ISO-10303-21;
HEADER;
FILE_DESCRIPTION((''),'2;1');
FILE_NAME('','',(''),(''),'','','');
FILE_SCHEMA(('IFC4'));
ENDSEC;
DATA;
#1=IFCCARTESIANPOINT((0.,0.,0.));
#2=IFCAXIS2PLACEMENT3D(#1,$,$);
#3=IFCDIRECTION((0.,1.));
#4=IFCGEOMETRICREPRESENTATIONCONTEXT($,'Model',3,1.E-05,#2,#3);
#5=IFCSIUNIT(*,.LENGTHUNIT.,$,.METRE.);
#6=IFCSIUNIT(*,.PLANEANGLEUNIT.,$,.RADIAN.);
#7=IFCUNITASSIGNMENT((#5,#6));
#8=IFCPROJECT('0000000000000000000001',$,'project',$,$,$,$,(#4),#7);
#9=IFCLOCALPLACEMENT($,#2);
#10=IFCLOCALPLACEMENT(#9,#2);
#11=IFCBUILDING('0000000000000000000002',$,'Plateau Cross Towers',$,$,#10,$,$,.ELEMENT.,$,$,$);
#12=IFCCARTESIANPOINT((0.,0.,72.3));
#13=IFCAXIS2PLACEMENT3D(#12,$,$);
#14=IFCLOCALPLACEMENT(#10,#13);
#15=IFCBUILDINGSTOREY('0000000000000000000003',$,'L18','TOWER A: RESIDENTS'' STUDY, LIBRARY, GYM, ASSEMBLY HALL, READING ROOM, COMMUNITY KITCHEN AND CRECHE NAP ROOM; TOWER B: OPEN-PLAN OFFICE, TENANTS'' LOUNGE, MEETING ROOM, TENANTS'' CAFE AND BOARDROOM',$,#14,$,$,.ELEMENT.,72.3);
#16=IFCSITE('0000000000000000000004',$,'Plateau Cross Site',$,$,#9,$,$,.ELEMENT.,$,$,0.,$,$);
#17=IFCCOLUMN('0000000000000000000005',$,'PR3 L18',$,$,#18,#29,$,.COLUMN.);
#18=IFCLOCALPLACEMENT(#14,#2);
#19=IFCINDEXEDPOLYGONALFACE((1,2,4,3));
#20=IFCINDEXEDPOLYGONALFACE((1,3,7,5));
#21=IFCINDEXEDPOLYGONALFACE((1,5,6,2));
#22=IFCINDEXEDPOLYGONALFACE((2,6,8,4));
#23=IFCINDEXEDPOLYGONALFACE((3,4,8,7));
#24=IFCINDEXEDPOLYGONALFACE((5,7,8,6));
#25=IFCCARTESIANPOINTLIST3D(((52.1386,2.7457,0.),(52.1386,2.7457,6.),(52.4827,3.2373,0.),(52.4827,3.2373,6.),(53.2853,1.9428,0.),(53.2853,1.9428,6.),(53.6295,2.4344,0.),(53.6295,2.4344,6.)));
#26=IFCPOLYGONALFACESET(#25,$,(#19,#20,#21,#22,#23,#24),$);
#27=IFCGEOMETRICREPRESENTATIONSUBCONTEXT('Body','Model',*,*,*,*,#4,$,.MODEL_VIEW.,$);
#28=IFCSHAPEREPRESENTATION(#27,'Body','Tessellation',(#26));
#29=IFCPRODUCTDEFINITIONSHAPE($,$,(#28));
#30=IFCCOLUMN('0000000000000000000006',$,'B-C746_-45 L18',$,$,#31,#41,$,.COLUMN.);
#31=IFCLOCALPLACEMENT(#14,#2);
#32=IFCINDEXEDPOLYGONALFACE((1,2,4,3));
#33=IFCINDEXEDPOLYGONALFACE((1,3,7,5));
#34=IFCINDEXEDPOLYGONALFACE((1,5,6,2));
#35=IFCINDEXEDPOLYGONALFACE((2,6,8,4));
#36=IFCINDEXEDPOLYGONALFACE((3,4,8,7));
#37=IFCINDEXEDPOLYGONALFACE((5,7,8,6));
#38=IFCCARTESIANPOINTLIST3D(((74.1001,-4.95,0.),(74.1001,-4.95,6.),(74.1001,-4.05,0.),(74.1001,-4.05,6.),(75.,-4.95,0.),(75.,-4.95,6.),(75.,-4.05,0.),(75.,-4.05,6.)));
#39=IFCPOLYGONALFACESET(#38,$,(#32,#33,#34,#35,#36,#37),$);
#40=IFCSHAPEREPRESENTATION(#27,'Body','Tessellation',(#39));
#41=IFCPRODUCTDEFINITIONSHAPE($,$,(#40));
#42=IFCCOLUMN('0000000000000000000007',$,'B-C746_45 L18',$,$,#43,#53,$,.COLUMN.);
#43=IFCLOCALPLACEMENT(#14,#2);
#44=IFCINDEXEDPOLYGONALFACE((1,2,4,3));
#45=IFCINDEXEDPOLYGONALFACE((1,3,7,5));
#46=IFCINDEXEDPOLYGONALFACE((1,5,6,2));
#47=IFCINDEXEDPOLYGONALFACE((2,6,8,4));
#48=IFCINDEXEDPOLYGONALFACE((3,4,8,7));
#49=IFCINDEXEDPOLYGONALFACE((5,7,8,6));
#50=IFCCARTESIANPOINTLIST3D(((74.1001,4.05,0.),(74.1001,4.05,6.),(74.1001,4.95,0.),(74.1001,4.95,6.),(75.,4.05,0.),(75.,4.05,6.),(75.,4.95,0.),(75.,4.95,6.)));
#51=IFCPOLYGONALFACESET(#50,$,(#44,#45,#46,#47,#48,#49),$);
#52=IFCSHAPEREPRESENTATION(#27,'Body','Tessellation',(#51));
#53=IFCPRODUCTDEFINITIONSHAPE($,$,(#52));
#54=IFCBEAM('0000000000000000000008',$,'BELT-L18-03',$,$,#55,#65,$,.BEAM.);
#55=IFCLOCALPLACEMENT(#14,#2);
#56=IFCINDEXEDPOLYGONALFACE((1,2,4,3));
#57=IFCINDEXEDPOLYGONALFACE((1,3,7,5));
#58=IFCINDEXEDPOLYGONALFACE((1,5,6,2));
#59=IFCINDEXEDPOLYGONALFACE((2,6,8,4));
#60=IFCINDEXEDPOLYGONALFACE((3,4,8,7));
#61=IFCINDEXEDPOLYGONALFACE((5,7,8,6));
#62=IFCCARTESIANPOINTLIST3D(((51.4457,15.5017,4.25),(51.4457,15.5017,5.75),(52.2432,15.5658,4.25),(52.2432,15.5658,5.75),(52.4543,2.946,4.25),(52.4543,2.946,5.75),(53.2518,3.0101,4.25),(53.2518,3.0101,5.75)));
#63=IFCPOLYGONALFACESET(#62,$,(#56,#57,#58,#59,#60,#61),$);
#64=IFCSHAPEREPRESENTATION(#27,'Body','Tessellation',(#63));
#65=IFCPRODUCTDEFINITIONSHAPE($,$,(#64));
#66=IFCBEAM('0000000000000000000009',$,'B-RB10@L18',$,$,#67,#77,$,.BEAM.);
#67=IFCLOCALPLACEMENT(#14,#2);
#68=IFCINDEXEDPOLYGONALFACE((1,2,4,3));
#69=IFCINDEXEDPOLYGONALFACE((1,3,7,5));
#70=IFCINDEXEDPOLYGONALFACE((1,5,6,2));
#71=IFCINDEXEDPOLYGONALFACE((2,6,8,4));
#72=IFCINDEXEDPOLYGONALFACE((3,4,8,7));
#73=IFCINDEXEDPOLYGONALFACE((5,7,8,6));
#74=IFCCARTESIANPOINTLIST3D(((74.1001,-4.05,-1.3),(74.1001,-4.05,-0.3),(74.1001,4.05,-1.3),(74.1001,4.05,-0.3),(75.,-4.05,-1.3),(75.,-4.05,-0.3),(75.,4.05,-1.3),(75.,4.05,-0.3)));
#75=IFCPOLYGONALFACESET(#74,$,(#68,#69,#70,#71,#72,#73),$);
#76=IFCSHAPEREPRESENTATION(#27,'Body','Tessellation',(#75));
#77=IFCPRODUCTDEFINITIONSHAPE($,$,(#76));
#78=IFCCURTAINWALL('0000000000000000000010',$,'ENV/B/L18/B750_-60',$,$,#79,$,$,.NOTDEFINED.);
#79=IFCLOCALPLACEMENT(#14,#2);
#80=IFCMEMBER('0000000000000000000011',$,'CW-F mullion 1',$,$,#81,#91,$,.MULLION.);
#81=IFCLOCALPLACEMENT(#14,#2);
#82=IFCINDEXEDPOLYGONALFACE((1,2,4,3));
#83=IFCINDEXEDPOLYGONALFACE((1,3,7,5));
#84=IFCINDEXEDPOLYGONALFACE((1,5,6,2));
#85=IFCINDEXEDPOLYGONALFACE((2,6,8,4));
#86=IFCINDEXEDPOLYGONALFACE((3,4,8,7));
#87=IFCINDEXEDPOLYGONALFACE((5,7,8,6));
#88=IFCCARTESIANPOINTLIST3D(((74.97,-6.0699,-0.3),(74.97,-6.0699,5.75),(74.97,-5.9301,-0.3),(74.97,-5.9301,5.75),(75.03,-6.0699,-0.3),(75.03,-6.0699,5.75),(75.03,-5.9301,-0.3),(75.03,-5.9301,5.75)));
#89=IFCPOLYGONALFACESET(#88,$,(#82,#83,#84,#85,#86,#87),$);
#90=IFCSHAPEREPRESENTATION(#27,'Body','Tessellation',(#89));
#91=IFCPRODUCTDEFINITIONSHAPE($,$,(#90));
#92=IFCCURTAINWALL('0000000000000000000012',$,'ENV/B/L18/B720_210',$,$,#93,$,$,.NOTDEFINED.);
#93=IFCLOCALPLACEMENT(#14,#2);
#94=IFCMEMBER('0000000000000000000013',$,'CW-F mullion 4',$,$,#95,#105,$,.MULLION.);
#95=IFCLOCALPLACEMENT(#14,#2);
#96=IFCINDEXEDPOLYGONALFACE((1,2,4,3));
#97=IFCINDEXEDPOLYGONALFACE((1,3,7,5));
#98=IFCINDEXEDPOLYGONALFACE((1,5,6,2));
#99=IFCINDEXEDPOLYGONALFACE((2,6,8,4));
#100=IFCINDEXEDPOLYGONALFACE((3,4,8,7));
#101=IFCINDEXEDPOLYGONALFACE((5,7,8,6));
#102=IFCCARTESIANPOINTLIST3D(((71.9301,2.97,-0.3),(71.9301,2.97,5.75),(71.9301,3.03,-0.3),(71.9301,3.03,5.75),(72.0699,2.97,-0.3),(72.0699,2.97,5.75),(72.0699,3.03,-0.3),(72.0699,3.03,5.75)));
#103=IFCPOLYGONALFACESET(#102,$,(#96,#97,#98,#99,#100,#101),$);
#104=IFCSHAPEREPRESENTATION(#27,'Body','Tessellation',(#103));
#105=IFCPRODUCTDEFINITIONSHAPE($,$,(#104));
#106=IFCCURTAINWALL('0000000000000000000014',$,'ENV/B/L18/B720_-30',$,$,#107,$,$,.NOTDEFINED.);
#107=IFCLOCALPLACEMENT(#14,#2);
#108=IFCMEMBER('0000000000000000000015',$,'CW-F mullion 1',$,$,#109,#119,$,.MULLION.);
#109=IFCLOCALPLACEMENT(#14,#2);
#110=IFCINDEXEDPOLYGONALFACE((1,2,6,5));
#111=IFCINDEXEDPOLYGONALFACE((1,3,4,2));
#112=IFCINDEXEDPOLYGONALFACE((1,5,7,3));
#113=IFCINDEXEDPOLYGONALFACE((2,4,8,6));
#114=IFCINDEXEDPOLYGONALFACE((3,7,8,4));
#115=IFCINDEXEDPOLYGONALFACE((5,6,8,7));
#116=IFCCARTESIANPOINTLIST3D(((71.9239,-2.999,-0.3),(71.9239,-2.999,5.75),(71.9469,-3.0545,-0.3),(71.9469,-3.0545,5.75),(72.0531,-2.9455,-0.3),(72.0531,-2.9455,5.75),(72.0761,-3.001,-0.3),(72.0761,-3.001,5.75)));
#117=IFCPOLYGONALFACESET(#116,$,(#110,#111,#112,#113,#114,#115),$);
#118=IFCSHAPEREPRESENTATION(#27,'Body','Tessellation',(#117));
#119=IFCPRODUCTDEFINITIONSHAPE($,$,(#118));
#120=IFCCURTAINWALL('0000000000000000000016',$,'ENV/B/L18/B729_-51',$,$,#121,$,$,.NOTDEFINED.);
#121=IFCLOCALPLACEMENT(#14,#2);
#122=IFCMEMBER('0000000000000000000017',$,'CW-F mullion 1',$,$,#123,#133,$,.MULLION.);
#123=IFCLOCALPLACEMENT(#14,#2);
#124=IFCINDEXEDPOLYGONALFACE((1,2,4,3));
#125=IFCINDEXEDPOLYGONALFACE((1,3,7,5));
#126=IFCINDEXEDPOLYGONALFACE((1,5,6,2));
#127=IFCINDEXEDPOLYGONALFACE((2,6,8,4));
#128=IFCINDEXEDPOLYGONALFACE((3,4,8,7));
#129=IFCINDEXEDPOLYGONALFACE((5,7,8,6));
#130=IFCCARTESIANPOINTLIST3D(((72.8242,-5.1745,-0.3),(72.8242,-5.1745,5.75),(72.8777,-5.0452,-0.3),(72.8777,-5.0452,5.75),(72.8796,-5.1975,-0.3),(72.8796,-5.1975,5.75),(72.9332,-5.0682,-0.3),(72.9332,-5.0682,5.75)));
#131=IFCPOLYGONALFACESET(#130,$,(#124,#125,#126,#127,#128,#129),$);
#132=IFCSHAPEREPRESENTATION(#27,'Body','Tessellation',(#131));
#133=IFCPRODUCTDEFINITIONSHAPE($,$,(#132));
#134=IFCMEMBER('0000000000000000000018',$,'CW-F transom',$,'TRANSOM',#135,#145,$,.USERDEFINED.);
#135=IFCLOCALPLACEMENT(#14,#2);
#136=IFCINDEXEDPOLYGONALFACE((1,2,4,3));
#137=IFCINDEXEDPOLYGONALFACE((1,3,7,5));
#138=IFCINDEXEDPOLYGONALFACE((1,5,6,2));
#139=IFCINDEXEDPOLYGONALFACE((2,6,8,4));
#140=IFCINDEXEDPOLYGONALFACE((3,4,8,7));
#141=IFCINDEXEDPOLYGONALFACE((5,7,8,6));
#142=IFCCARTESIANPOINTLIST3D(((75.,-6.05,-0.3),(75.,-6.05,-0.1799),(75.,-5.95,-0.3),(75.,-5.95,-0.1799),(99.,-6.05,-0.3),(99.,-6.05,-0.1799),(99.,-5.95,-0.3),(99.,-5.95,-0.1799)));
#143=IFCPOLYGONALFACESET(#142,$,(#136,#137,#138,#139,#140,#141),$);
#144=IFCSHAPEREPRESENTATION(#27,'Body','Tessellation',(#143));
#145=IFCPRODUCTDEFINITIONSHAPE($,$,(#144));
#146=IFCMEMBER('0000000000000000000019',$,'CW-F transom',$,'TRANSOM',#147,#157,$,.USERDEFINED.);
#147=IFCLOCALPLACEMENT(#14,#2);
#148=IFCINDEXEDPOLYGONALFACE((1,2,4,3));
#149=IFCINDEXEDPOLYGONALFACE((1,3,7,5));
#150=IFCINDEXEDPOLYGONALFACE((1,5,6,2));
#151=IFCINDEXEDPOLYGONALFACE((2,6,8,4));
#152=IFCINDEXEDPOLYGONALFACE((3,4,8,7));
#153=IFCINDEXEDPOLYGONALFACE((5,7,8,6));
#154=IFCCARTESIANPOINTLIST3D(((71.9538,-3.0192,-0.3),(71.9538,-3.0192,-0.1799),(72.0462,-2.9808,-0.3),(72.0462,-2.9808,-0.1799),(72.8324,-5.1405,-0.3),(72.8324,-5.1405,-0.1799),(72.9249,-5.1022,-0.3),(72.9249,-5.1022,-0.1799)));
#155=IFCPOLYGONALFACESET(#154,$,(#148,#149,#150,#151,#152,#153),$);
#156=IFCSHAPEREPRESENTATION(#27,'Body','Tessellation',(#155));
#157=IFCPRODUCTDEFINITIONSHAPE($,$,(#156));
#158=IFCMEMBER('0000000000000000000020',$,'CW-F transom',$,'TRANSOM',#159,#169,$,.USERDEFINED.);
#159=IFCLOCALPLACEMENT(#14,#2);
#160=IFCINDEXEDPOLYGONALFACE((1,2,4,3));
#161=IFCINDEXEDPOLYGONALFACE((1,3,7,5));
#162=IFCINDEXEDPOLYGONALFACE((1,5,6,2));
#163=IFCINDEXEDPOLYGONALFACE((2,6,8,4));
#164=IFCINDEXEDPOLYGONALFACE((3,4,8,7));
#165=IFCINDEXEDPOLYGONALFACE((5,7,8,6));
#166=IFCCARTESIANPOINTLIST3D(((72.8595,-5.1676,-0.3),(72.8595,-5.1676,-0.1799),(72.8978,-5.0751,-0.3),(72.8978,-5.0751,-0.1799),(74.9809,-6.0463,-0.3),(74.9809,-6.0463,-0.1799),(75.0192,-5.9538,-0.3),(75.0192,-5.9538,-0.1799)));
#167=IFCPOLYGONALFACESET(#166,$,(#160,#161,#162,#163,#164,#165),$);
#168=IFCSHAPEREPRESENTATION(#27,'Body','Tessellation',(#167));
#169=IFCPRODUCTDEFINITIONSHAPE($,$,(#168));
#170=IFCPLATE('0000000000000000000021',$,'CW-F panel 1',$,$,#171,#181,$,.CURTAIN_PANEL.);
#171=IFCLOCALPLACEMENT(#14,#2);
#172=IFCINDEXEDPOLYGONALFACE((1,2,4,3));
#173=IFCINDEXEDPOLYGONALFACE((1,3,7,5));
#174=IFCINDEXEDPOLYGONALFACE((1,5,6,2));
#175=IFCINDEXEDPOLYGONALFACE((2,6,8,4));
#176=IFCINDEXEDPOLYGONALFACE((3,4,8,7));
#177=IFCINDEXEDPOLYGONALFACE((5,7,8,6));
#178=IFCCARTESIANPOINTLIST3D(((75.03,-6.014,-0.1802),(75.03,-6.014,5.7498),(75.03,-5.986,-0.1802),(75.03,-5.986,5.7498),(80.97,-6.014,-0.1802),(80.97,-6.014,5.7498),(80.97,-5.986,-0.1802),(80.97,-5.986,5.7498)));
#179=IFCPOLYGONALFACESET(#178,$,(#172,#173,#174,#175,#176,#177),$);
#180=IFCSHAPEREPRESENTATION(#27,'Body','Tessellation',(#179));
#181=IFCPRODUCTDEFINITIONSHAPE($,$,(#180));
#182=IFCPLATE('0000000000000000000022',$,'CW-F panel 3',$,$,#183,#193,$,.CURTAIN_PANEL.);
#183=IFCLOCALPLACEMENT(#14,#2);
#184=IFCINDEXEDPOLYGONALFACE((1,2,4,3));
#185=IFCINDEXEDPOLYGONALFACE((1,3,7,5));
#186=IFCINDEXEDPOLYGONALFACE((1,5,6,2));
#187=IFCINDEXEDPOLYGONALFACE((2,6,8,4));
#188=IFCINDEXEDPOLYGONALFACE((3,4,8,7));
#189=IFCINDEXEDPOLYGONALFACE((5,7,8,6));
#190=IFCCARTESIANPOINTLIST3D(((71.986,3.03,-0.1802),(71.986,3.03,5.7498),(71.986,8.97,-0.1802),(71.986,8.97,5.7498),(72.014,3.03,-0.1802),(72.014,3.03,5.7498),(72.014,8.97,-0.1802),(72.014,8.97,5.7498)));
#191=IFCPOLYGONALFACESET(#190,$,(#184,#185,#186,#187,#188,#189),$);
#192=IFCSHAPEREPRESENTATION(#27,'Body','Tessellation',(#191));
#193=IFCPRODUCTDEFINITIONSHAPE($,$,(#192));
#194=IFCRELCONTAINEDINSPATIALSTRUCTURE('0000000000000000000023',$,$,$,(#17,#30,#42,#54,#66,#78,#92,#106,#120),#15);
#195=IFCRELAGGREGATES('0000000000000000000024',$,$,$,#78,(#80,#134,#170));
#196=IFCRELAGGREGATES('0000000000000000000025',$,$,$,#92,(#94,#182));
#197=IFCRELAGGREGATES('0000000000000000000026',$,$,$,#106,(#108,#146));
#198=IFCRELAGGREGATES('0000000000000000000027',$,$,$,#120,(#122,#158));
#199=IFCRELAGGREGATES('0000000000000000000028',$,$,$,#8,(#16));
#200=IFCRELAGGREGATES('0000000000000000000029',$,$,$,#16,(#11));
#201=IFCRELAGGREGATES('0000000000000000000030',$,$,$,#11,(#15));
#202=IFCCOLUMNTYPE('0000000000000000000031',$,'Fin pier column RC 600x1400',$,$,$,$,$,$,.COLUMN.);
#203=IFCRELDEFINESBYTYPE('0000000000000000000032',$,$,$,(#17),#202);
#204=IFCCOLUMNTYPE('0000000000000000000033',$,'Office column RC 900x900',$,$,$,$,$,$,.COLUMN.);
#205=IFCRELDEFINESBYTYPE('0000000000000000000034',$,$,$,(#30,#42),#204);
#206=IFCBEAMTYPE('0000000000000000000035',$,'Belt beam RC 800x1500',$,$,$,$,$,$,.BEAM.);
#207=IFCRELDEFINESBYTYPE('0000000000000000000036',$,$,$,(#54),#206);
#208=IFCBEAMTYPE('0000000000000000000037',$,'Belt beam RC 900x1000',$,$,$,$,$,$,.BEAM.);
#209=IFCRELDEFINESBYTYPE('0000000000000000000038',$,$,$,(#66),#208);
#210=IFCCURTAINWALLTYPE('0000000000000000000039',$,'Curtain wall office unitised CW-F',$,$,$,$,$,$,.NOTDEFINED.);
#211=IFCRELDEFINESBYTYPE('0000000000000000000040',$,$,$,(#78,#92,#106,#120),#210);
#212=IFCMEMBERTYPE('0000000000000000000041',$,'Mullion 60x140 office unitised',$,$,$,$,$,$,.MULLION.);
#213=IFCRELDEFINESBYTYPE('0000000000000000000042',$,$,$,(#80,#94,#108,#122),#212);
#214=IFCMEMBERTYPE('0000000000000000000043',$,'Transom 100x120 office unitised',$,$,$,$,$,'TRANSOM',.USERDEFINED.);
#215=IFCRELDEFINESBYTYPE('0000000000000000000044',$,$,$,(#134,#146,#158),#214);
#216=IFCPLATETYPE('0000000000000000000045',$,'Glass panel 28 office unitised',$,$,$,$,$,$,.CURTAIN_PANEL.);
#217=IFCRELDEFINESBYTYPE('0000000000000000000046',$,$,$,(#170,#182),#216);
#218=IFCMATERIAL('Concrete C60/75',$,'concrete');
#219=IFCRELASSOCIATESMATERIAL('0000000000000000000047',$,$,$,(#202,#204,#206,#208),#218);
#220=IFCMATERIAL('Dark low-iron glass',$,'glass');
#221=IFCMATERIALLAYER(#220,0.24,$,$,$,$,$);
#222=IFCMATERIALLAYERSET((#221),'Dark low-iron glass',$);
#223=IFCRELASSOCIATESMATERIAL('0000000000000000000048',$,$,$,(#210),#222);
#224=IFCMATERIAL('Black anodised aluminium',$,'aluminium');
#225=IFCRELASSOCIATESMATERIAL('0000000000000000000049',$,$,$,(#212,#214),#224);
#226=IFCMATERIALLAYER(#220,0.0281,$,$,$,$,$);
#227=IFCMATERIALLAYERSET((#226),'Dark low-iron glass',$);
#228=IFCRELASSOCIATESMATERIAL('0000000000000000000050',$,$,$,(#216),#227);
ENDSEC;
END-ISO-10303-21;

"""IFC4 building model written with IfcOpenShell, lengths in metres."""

from ifc_helpers import new_model, si_unit, direction, frame, origin, origin_2d, place, context, subcontext, project, spatial, rectangle, extrude, material, layer, layer_set, material_profile, profile_set, type_object, element, aggregate, save


model = new_model("IFC4")

# Units and contexts
model_context = context("Model", 3, precision=1e-05, world=origin(), true_north=direction((0.0, 1.0)))
body_context = subcontext(model_context, "Body", "Model", "MODEL_VIEW")
ifc_project = project(units=[si_unit("LENGTHUNIT", "METRE"), si_unit("PLANEANGLEUNIT", "RADIAN")], contexts=[model_context])

# Site, building, storey
site_placement = place(None, origin())
site = spatial("IfcSite", under=ifc_project, at=site_placement, Name="Plateau Cross Site", CompositionType="ELEMENT", RefElevation=0.0)
building_placement = place(site_placement, origin())
building = spatial("IfcBuilding", under=site, at=building_placement, Name="Plateau Cross Towers", CompositionType="ELEMENT")
storey_placement = place(building_placement, frame((0.0, 0.0, 72.3)))
storey = spatial("IfcBuildingStorey", under=building, at=storey_placement, Name="L18", Description="TOWER A: RESIDENTS' STUDY, LIBRARY, GYM, ASSEMBLY HALL, READING ROOM, COMMUNITY KITCHEN AND CRECHE NAP ROOM; TOWER B: OPEN-PLAN OFFICE, TENANTS' LOUNGE, MEETING ROOM, TENANTS' CAFE AND BOARDROOM", CompositionType="ELEMENT", Elevation=72.3)

# Columns
ifc_material_1 = material(Name="Concrete C60/75", Category="concrete")
ifc_material_profile_1 = material_profile(ifc_material_1, rectangle(XDim=0.6001, YDim=1.3999, at=origin_2d()), Name="RC 600x1400")
ifc_profile_set_1 = profile_set([ifc_material_profile_1], Name="Concrete C60/75")
column_type_1 = type_object("IfcColumnType", Name="Fin pier column RC 600x1400", PredefinedType="COLUMN", material=ifc_profile_set_1)
column_placement = place(storey_placement, frame((52.884, 2.5901, 0.0), z_axis=(0.0, 0.0, 1.0), x_axis=(0.573543, 0.819176, 0.0)))
element("IfcColumn", 1, at=column_placement, inside=storey, type_object=column_type_1, Name="PR3 L18", PredefinedType="COLUMN", context=body_context, shape_type="SweptSolid", body=[
    extrude(rectangle(XDim=0.6001, YDim=1.3999, at=origin_2d()), origin(), (0.0, 0.0, 1.0), 6.0),
])
ifc_material_profile_2 = material_profile(ifc_material_1, rectangle(XDim=0.8999, YDim=0.8999, at=origin_2d()), Name="RC 900x900")
ifc_profile_set_2 = profile_set([ifc_material_profile_2], Name="Concrete C60/75")
column_type_2 = type_object("IfcColumnType", Name="Office column RC 900x900", PredefinedType="COLUMN", material=ifc_profile_set_2)
for number, where, z_axis, x_axis, name in (
    (2, (74.55, -4.5, 0.0), (0.0, 0.0, 1.0), (1.0, 0.0, 0.0), "B-C746_-45 L18"),
    (3, (74.55, 4.5, 0.0), (0.0, 0.0, 1.0), (1.0, 0.0, 0.0), "B-C746_45 L18"),
):
    element("IfcColumn", number, at=place(storey_placement, frame(where, z_axis=z_axis, x_axis=x_axis)), inside=storey, type_object=column_type_2, Name=name, PredefinedType="COLUMN", context=body_context, shape_type="SweptSolid", body=[
        extrude(rectangle(XDim=0.8999, YDim=0.8999, at=origin_2d()), origin(), (0.0, 0.0, 1.0), 6.0),
    ])

# Beams
ifc_material_profile_3 = material_profile(ifc_material_1, rectangle(XDim=0.8, YDim=1.5, at=origin_2d()), Name="RC 800x1500")
ifc_profile_set_3 = profile_set([ifc_material_profile_3], Name="Concrete C60/75")
beam_type_1 = type_object("IfcBeamType", Name="Belt beam RC 800x1500", PredefinedType="BEAM", material=ifc_profile_set_3)
beam_1_placement = place(storey_placement, frame((52.853, 2.978, 5.0), z_axis=(-0.080068, 0.996789, 0.0), x_axis=(-0.996789, -0.080068, 0.0)))
element("IfcBeam", 4, at=beam_1_placement, inside=storey, type_object=beam_type_1, Name="BELT-L18-03", PredefinedType="BEAM", context=body_context, shape_type="SweptSolid", body=[
    extrude(rectangle(XDim=0.8, YDim=1.5, at=origin_2d()), origin(), (0.0, 0.0, 1.0), 12.5962),
])
ifc_material_profile_4 = material_profile(ifc_material_1, rectangle(XDim=0.8999, YDim=1.0, at=origin_2d()), Name="RC 900x1000")
ifc_profile_set_4 = profile_set([ifc_material_profile_4], Name="Concrete C60/75")
beam_type_2 = type_object("IfcBeamType", Name="Belt beam RC 900x1000", PredefinedType="BEAM", material=ifc_profile_set_4)
beam_2_placement = place(storey_placement, frame((74.55, 4.05, -0.8), z_axis=(0.0, -1.0, 0.0), x_axis=(1.0, 0.0, 0.0)))
element("IfcBeam", 5, at=beam_2_placement, inside=storey, type_object=beam_type_2, Name="B-RB10@L18", PredefinedType="BEAM", context=body_context, shape_type="SweptSolid", body=[
    extrude(rectangle(XDim=0.8999, YDim=1.0, at=origin_2d()), origin(), (0.0, 0.0, 1.0), 8.1001),
])

# Curtain walls, members
ifc_material_2 = material(Name="Dark low-iron glass", Category="glass")
ifc_layer_1 = layer(ifc_material_2, 0.24)
ifc_layer_set_1 = layer_set([ifc_layer_1], Name="Dark low-iron glass")
curtain_wall_type = type_object("IfcCurtainWallType", Name="Curtain wall office unitised CW-F", PredefinedType="NOTDEFINED", material=ifc_layer_set_1)
curtain_wall_1_placement = place(storey_placement, origin())
curtain_wall_1 = element("IfcCurtainWall", 6, at=curtain_wall_1_placement, inside=storey, type_object=curtain_wall_type, Name="ENV/B/L18/B750_-60", PredefinedType="NOTDEFINED")
ifc_material_3 = material(Name="Black anodised aluminium", Category="aluminium")
ifc_material_profile_5 = material_profile(ifc_material_3, rectangle(XDim=0.0601, YDim=0.1399, at=origin_2d()), Name="MULLION 60x140")
ifc_profile_set_5 = profile_set([ifc_material_profile_5], Name="Black anodised aluminium")
member_type_1 = type_object("IfcMemberType", Name="Mullion 60x140 office unitised", PredefinedType="MULLION", material=ifc_profile_set_5)
member_1_placement = place(storey_placement, frame((75.0, -6.0, -0.3), z_axis=(0.0, 0.0, 1.0), x_axis=(1.0, 0.0, 0.0)))
member_1 = element("IfcMember", 7, at=member_1_placement, type_object=member_type_1, Name="CW-F mullion 1", PredefinedType="MULLION", context=body_context, shape_type="SweptSolid", body=[
    extrude(rectangle(XDim=0.0601, YDim=0.1399, at=origin_2d()), origin(), (0.0, 0.0, 1.0), 6.05),
])
curtain_wall_2_placement = place(storey_placement, origin())
curtain_wall_2 = element("IfcCurtainWall", 8, at=curtain_wall_2_placement, inside=storey, type_object=curtain_wall_type, Name="ENV/B/L18/B720_210", PredefinedType="NOTDEFINED")
member_2_placement = place(storey_placement, frame((72.0, 3.0, -0.3), z_axis=(0.0, 0.0, 1.0), x_axis=(0.0, -1.0, 0.0)))
member_2 = element("IfcMember", 9, at=member_2_placement, type_object=member_type_1, Name="CW-F mullion 4", PredefinedType="MULLION", context=body_context, shape_type="SweptSolid", body=[
    extrude(rectangle(XDim=0.0601, YDim=0.1399, at=origin_2d()), origin(), (0.0, 0.0, 1.0), 6.05),
])
curtain_wall_3_placement = place(storey_placement, origin())
curtain_wall_3 = element("IfcCurtainWall", 10, at=curtain_wall_3_placement, inside=storey, type_object=curtain_wall_type, Name="ENV/B/L18/B720_-30", PredefinedType="NOTDEFINED")
member_3_placement = place(storey_placement, frame((72.0, -3.0, -0.3), z_axis=(0.0, 0.0, 1.0), x_axis=(0.382684, -0.923879, 0.0)))
member_3 = element("IfcMember", 11, at=member_3_placement, type_object=member_type_1, Name="CW-F mullion 1", PredefinedType="MULLION", context=body_context, shape_type="SweptSolid", body=[
    extrude(rectangle(XDim=0.0601, YDim=0.1399, at=origin_2d()), origin(), (0.0, 0.0, 1.0), 6.05),
])
curtain_wall_4_placement = place(storey_placement, origin())
curtain_wall_4 = element("IfcCurtainWall", 12, at=curtain_wall_4_placement, inside=storey, type_object=curtain_wall_type, Name="ENV/B/L18/B729_-51", PredefinedType="NOTDEFINED")
member_4_placement = place(storey_placement, frame((72.8787, -5.1213, -0.3), z_axis=(0.0, 0.0, 1.0), x_axis=(0.923879, -0.382684, 0.0)))
member_4 = element("IfcMember", 13, at=member_4_placement, type_object=member_type_1, Name="CW-F mullion 1", PredefinedType="MULLION", context=body_context, shape_type="SweptSolid", body=[
    extrude(rectangle(XDim=0.0601, YDim=0.1399, at=origin_2d()), origin(), (0.0, 0.0, 1.0), 6.05),
])

# Members
ifc_material_profile_6 = material_profile(ifc_material_3, rectangle(XDim=0.1001, YDim=0.1201, at=origin_2d()), Name="TRANSOM 100x120")
ifc_profile_set_6 = profile_set([ifc_material_profile_6], Name="Black anodised aluminium")
member_type_2 = type_object("IfcMemberType", Name="Transom 100x120 office unitised", ElementType="TRANSOM", PredefinedType="USERDEFINED", material=ifc_profile_set_6)
member_5_placement = place(storey_placement, frame((75.0, -6.0, -0.24), z_axis=(1.0, 0.0, 0.0), x_axis=(0.0, 1.0, 0.0)))
member_5 = element("IfcMember", 14, at=member_5_placement, type_object=member_type_2, Name="CW-F transom", ObjectType="TRANSOM", PredefinedType="USERDEFINED", context=body_context, shape_type="SweptSolid", body=[
    extrude(rectangle(XDim=0.1001, YDim=0.1201, at=origin_2d()), origin(), (0.0, 0.0, 1.0), 24.0),
])
member_6_placement = place(storey_placement, frame((72.0, -3.0, -0.24), z_axis=(0.382674, -0.923883, 0.0), x_axis=(0.923883, 0.382674, 0.0)))
member_6 = element("IfcMember", 15, at=member_6_placement, type_object=member_type_2, Name="CW-F transom", ObjectType="TRANSOM", PredefinedType="USERDEFINED", context=body_context, shape_type="SweptSolid", body=[
    extrude(rectangle(XDim=0.1001, YDim=0.1201, at=origin_2d()), origin(), (0.0, 0.0, 1.0), 2.2961),
])
member_7_placement = place(storey_placement, frame((72.8787, -5.1213, -0.24), z_axis=(0.923883, -0.382674, 0.0), x_axis=(0.382674, 0.923883, 0.0)))
member_7 = element("IfcMember", 16, at=member_7_placement, type_object=member_type_2, Name="CW-F transom", ObjectType="TRANSOM", PredefinedType="USERDEFINED", context=body_context, shape_type="SweptSolid", body=[
    extrude(rectangle(XDim=0.1001, YDim=0.1201, at=origin_2d()), origin(), (0.0, 0.0, 1.0), 2.2961),
])

# Plates
ifc_layer_2 = layer(ifc_material_2, 0.0281)
ifc_layer_set_2 = layer_set([ifc_layer_2], Name="Dark low-iron glass")
plate_type = type_object("IfcPlateType", Name="Glass panel 28 office unitised", PredefinedType="CURTAIN_PANEL", material=ifc_layer_set_2)
plate_1_placement = place(storey_placement, frame((78.0, -6.0, -0.1802), z_axis=(0.0, 0.0, 1.0), x_axis=(1.0, 0.0, 0.0)))
plate_1 = element("IfcPlate", 17, at=plate_1_placement, type_object=plate_type, Name="CW-F panel 1", PredefinedType="CURTAIN_PANEL", context=body_context, shape_type="SweptSolid", body=[
    extrude(rectangle(XDim=5.9399, YDim=0.0281, at=origin_2d()), origin(), (0.0, 0.0, 1.0), 5.9299),
])
aggregate(curtain_wall_1, [member_1, member_5, plate_1])
plate_2_placement = place(storey_placement, frame((72.0, 6.0, -0.1802), z_axis=(0.0, 0.0, 1.0), x_axis=(0.0, -1.0, 0.0)))
plate_2 = element("IfcPlate", 18, at=plate_2_placement, type_object=plate_type, Name="CW-F panel 3", PredefinedType="CURTAIN_PANEL", context=body_context, shape_type="SweptSolid", body=[
    extrude(rectangle(XDim=5.9399, YDim=0.0281, at=origin_2d()), origin(), (0.0, 0.0, 1.0), 5.9299),
])
aggregate(curtain_wall_2, [member_2, plate_2])
aggregate(curtain_wall_3, [member_3, member_6])
aggregate(curtain_wall_4, [member_4, member_7])

save(model, "model.ifc")
